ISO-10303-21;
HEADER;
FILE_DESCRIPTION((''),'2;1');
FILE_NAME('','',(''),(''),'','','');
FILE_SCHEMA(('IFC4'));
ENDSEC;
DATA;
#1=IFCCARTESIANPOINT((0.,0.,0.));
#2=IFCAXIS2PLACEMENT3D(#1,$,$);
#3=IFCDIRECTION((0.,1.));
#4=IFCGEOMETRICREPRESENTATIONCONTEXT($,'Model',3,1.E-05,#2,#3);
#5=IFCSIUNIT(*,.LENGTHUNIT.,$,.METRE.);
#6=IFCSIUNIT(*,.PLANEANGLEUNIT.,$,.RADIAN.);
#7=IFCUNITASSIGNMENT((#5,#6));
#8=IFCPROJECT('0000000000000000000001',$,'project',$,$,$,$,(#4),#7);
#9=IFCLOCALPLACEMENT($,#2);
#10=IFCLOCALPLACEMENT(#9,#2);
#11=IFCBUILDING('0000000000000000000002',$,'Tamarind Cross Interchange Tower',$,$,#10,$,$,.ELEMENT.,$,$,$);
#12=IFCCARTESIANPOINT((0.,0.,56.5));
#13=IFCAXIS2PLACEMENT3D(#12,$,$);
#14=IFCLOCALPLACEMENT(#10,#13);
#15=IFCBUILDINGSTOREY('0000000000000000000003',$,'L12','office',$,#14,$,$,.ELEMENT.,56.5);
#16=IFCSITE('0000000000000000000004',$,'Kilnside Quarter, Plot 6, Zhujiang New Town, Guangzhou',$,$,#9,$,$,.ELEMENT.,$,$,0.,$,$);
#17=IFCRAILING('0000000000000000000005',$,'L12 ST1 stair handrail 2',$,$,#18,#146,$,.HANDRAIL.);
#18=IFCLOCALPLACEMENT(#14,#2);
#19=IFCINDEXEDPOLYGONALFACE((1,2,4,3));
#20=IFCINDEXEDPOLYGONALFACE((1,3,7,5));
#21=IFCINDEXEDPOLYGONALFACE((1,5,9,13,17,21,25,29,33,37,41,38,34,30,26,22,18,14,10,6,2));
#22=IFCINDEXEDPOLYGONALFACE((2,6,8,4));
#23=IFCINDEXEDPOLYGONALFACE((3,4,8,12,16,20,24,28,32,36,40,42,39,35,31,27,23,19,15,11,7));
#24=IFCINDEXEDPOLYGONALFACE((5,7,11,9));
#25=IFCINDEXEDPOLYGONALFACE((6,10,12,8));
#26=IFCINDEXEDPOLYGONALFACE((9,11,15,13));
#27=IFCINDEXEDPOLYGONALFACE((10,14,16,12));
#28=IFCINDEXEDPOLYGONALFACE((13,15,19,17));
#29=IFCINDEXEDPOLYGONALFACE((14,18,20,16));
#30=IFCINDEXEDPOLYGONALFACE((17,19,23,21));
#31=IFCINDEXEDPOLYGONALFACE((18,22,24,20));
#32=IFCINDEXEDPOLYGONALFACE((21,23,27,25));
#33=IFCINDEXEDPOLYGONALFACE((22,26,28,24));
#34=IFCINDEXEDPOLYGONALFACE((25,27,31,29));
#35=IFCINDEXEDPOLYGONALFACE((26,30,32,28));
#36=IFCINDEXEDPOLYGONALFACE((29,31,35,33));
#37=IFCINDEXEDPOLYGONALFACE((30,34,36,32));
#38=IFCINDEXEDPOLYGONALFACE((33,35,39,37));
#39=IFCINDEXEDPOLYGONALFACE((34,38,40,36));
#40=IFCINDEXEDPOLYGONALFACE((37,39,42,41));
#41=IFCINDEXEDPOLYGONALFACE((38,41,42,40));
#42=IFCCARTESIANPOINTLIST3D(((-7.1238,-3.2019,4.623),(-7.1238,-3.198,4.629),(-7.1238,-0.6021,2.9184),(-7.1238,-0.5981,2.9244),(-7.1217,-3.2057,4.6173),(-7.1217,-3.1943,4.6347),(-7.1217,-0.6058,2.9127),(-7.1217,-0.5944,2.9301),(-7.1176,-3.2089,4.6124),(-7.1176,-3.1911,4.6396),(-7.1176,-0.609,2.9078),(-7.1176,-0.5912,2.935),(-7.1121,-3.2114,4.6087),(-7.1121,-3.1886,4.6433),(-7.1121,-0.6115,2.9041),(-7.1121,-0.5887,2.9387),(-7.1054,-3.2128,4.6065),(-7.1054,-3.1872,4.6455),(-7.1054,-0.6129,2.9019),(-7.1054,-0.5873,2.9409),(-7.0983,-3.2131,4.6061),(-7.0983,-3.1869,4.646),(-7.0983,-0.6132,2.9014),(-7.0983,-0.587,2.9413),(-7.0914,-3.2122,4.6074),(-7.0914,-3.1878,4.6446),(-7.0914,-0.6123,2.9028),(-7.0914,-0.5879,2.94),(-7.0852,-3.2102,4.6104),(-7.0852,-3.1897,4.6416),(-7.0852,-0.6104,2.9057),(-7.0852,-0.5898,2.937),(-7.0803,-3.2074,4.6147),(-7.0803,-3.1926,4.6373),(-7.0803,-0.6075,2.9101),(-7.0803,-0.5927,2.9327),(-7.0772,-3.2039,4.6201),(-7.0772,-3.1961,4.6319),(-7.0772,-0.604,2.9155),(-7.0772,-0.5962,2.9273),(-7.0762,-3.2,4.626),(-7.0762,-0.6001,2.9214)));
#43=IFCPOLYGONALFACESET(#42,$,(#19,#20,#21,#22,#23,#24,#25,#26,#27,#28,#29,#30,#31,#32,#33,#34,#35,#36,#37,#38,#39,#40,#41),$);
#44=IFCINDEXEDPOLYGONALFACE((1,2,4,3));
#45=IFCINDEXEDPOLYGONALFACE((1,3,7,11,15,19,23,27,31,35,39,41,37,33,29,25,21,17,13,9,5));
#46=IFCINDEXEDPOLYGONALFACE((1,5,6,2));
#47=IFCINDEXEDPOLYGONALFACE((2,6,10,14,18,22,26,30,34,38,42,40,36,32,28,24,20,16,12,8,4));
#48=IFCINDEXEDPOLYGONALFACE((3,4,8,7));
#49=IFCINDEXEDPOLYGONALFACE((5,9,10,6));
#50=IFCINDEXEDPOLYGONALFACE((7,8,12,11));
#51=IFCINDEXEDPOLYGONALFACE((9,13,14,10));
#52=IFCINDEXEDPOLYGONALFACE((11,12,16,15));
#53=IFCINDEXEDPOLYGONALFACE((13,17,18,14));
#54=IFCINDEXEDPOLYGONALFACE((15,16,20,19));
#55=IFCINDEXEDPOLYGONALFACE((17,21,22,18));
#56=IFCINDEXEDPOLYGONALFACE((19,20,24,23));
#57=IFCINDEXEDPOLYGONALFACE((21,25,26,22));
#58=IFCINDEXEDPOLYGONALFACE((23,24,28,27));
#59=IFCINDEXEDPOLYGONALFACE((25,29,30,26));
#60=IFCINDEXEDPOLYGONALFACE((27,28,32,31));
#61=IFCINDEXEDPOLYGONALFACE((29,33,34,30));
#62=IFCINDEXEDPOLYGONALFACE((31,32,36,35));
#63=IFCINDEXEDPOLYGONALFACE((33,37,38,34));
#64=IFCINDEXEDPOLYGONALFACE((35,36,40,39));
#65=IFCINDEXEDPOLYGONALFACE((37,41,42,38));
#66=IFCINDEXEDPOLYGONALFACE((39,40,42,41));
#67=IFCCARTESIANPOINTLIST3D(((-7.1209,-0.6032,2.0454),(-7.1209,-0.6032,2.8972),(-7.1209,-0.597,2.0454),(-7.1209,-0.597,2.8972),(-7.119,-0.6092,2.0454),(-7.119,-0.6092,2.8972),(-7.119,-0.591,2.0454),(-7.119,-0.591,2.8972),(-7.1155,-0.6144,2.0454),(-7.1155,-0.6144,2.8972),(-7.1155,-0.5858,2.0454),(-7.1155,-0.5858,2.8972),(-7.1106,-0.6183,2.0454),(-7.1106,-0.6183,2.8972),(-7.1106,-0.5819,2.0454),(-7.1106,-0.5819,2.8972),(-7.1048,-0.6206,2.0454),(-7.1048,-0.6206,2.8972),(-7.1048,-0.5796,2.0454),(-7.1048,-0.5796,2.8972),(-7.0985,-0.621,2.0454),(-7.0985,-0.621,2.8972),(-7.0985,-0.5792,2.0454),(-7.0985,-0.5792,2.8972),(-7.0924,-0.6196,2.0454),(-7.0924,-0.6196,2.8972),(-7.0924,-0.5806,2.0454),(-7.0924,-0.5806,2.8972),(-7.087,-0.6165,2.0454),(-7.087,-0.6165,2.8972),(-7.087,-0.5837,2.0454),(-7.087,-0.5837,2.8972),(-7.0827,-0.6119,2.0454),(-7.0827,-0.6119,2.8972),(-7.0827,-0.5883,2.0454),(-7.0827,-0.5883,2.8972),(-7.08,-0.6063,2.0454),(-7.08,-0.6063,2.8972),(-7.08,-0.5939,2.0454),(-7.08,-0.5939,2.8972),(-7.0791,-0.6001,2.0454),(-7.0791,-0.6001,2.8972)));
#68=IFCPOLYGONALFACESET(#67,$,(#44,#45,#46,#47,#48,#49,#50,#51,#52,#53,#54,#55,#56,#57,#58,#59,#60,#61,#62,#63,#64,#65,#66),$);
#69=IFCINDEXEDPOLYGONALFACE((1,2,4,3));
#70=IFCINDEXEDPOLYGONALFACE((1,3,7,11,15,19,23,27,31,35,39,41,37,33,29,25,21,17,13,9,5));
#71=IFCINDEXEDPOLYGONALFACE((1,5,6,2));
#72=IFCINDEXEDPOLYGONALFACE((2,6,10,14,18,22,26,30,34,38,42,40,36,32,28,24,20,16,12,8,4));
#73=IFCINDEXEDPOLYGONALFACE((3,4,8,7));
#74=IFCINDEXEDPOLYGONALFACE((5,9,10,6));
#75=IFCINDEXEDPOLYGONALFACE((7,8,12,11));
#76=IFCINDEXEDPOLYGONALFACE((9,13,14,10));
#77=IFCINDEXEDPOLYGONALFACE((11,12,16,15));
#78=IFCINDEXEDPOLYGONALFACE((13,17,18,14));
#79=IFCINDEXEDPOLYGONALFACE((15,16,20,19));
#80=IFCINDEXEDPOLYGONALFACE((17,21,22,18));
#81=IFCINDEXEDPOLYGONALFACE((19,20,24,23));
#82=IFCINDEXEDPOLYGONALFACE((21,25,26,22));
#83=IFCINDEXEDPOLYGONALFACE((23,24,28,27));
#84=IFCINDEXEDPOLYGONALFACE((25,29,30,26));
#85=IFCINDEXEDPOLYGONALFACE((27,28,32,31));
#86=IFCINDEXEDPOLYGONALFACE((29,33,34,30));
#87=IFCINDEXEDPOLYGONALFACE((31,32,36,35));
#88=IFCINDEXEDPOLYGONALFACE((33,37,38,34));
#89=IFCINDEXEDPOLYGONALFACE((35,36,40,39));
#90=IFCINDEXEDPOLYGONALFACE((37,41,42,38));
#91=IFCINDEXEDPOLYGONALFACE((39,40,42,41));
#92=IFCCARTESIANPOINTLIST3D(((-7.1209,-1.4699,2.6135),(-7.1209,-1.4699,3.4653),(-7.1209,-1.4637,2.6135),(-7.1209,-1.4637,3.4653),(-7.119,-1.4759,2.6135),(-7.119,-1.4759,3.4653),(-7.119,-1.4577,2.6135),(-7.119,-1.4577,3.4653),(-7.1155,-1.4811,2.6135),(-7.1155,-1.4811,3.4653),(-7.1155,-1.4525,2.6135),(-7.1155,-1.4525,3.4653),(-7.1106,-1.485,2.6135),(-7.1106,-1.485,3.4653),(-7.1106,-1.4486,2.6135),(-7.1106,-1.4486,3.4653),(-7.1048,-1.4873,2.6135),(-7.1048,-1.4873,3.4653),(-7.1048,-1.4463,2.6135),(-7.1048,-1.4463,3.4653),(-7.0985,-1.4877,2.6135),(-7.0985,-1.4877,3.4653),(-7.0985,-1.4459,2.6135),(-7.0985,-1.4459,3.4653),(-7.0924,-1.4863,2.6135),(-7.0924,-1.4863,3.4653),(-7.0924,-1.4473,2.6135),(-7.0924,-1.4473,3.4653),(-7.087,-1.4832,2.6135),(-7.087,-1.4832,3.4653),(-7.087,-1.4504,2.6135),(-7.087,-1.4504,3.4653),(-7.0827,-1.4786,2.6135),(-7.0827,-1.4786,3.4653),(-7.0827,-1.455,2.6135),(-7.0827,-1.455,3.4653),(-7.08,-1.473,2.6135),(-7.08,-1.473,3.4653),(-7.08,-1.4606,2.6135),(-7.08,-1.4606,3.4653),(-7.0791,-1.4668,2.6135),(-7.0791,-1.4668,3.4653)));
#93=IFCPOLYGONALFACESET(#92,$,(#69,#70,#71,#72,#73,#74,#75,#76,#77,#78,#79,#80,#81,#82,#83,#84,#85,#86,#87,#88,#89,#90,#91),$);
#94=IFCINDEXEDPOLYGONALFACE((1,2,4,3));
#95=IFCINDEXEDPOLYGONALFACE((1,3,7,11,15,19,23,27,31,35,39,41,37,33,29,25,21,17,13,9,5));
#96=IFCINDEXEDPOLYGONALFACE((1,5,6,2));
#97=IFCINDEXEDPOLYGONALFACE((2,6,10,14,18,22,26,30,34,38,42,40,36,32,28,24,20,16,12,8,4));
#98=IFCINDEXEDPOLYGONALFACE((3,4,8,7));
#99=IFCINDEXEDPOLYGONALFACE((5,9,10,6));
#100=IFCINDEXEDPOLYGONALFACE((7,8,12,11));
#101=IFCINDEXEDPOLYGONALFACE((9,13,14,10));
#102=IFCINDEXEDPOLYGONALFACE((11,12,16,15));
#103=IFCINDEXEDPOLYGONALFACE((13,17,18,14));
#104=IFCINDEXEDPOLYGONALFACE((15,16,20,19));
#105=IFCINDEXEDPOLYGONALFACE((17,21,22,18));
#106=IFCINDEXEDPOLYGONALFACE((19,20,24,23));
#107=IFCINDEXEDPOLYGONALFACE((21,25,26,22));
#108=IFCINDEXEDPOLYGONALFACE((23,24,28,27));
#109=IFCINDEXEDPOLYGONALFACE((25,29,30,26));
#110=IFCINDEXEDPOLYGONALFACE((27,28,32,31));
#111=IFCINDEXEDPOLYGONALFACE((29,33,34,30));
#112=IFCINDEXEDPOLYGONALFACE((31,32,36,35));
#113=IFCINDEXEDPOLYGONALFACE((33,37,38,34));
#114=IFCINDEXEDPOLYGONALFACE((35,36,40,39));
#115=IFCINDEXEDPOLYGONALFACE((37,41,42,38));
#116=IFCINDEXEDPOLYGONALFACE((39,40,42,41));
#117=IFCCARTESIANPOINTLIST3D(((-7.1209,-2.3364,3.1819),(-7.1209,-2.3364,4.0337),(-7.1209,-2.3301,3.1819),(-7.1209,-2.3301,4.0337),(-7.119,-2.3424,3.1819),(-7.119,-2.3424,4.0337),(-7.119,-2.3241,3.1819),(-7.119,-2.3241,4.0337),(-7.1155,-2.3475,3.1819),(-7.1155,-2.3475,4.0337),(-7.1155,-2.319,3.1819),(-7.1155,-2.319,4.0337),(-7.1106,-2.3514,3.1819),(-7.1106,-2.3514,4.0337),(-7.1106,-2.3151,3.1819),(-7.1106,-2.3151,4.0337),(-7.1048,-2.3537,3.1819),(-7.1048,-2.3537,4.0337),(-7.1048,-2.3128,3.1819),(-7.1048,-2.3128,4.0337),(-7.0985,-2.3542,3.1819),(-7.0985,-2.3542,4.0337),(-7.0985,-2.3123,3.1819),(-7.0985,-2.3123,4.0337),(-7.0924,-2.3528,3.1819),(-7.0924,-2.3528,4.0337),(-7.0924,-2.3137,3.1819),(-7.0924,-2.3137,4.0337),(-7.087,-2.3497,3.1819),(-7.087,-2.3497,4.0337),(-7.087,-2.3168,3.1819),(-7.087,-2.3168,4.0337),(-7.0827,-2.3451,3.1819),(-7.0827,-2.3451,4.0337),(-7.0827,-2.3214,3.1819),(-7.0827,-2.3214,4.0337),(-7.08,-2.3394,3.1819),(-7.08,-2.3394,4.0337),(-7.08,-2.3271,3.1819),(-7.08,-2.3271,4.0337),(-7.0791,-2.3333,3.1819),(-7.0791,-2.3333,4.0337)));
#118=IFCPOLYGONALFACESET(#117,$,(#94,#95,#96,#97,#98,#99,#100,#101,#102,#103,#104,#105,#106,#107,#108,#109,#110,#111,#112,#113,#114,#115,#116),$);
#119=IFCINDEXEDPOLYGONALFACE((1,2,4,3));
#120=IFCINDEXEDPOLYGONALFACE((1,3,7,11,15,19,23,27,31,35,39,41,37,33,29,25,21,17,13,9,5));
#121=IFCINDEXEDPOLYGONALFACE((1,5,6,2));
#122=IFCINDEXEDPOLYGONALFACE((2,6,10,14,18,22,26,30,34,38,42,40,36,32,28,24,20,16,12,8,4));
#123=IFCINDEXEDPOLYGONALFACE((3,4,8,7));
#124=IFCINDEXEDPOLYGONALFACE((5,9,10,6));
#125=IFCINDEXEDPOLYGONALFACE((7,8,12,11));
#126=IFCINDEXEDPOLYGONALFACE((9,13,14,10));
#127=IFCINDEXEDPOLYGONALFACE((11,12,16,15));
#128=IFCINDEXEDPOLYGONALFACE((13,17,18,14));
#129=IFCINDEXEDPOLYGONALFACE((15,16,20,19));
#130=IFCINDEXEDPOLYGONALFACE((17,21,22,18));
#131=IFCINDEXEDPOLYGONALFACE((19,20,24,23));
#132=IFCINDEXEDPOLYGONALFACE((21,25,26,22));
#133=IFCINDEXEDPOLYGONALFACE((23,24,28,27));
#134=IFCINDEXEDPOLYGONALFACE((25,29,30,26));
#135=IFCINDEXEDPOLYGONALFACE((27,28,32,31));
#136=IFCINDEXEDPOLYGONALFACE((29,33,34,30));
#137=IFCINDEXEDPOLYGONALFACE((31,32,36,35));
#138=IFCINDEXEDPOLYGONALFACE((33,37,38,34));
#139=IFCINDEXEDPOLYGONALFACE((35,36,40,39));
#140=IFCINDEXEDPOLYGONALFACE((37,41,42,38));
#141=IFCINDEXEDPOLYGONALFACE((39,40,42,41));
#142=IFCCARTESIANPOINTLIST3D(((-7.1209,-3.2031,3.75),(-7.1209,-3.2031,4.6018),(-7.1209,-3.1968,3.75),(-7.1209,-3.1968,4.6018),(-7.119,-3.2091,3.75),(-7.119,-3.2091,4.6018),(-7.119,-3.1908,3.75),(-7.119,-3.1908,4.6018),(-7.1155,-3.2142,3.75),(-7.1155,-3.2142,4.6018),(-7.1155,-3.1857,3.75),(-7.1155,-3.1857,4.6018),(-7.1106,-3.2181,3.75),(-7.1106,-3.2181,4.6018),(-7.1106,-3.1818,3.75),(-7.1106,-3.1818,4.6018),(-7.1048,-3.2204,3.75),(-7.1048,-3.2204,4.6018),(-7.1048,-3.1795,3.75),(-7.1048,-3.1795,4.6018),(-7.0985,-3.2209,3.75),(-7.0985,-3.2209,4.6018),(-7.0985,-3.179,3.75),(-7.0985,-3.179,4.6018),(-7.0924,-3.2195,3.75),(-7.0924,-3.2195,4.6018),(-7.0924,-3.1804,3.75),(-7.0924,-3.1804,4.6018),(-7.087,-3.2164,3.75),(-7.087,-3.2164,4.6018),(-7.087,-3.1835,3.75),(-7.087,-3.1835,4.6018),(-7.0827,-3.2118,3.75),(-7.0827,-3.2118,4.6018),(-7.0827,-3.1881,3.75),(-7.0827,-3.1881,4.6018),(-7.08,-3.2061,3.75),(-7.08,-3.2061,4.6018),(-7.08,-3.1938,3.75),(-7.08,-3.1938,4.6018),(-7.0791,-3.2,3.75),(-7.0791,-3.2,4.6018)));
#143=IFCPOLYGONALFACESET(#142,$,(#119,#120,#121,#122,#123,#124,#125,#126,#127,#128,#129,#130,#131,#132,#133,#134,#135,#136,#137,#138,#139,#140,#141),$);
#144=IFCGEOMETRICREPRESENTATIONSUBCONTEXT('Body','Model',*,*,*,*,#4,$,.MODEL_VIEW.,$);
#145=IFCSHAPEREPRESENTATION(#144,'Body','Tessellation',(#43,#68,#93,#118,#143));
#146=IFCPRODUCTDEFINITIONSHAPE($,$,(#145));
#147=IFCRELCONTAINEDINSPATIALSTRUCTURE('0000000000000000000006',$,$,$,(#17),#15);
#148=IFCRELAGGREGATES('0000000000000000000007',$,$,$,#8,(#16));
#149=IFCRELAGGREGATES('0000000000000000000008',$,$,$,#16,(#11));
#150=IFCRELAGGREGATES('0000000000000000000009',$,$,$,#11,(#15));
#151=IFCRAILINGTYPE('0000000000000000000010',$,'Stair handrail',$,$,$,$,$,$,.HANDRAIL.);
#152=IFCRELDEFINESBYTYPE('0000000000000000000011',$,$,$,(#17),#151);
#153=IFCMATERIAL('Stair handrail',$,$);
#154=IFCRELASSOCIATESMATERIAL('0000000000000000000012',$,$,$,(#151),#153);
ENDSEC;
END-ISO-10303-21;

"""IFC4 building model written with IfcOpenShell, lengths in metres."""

from ifc_helpers import new_model, si_unit, direction, frame, origin, origin_2d, place, context, subcontext, project, spatial, circle, extrude, material, type_object, element, save


model = new_model("IFC4")

# Units and contexts
model_context = context("Model", 3, precision=1e-05, world=origin(), true_north=direction((0.0, 1.0)))
body_context = subcontext(model_context, "Body", "Model", "MODEL_VIEW")
ifc_project = project(units=[si_unit("LENGTHUNIT", "METRE"), si_unit("PLANEANGLEUNIT", "RADIAN")], contexts=[model_context])

# Site, building, storey
site_placement = place(None, origin())
site = spatial("IfcSite", under=ifc_project, at=site_placement, Name="Kilnside Quarter, Plot 6, Zhujiang New Town, Guangzhou", CompositionType="ELEMENT", RefElevation=0.0)
building_placement = place(site_placement, origin())
building = spatial("IfcBuilding", under=site, at=building_placement, Name="Tamarind Cross Interchange Tower", CompositionType="ELEMENT")
storey_placement = place(building_placement, frame((0.0, 0.0, 56.5)))
storey = spatial("IfcBuildingStorey", under=building, at=storey_placement, Name="L12", Description="office", CompositionType="ELEMENT", Elevation=56.5)

# Railing
ifc_material_1 = material(Name="Stair handrail")
railing_type_1 = type_object("IfcRailingType", Name="Stair handrail", PredefinedType="HANDRAIL", material=ifc_material_1)
railing_1_placement = place(storey_placement, frame((-7.1001, -0.6001, 2.0454)))
element("IfcRailing", 1, at=railing_1_placement, inside=storey, type_object=railing_type_1, Name="L12 ST1 stair handrail 2", PredefinedType="HANDRAIL", context=body_context, shape_type="SweptSolid", body=[
    extrude(circle(Radius=0.0239, at=origin_2d()), frame((0.0, 0.0, 0.876), z_axis=(0.0, -0.836279, 0.548305), x_axis=(1.0, 0.0, 0.0)), (0.0, 0.0, 1.0), 3.1089),
    extrude(circle(Radius=0.021, at=origin_2d()), origin(), (0.0, 0.0, 1.0), 0.8518),
    extrude(circle(Radius=0.021, at=origin_2d()), frame((0.0, -0.8667, 0.5681)), (0.0, 0.0, 1.0), 0.8518),
    extrude(circle(Radius=0.021, at=origin_2d()), frame((0.0, -1.7332, 1.1365)), (0.0, 0.0, 1.0), 0.8518),
    extrude(circle(Radius=0.021, at=origin_2d()), frame((0.0, -2.5999, 1.7046)), (0.0, 0.0, 1.0), 0.8518),
])

save(model, "model.ifc")
